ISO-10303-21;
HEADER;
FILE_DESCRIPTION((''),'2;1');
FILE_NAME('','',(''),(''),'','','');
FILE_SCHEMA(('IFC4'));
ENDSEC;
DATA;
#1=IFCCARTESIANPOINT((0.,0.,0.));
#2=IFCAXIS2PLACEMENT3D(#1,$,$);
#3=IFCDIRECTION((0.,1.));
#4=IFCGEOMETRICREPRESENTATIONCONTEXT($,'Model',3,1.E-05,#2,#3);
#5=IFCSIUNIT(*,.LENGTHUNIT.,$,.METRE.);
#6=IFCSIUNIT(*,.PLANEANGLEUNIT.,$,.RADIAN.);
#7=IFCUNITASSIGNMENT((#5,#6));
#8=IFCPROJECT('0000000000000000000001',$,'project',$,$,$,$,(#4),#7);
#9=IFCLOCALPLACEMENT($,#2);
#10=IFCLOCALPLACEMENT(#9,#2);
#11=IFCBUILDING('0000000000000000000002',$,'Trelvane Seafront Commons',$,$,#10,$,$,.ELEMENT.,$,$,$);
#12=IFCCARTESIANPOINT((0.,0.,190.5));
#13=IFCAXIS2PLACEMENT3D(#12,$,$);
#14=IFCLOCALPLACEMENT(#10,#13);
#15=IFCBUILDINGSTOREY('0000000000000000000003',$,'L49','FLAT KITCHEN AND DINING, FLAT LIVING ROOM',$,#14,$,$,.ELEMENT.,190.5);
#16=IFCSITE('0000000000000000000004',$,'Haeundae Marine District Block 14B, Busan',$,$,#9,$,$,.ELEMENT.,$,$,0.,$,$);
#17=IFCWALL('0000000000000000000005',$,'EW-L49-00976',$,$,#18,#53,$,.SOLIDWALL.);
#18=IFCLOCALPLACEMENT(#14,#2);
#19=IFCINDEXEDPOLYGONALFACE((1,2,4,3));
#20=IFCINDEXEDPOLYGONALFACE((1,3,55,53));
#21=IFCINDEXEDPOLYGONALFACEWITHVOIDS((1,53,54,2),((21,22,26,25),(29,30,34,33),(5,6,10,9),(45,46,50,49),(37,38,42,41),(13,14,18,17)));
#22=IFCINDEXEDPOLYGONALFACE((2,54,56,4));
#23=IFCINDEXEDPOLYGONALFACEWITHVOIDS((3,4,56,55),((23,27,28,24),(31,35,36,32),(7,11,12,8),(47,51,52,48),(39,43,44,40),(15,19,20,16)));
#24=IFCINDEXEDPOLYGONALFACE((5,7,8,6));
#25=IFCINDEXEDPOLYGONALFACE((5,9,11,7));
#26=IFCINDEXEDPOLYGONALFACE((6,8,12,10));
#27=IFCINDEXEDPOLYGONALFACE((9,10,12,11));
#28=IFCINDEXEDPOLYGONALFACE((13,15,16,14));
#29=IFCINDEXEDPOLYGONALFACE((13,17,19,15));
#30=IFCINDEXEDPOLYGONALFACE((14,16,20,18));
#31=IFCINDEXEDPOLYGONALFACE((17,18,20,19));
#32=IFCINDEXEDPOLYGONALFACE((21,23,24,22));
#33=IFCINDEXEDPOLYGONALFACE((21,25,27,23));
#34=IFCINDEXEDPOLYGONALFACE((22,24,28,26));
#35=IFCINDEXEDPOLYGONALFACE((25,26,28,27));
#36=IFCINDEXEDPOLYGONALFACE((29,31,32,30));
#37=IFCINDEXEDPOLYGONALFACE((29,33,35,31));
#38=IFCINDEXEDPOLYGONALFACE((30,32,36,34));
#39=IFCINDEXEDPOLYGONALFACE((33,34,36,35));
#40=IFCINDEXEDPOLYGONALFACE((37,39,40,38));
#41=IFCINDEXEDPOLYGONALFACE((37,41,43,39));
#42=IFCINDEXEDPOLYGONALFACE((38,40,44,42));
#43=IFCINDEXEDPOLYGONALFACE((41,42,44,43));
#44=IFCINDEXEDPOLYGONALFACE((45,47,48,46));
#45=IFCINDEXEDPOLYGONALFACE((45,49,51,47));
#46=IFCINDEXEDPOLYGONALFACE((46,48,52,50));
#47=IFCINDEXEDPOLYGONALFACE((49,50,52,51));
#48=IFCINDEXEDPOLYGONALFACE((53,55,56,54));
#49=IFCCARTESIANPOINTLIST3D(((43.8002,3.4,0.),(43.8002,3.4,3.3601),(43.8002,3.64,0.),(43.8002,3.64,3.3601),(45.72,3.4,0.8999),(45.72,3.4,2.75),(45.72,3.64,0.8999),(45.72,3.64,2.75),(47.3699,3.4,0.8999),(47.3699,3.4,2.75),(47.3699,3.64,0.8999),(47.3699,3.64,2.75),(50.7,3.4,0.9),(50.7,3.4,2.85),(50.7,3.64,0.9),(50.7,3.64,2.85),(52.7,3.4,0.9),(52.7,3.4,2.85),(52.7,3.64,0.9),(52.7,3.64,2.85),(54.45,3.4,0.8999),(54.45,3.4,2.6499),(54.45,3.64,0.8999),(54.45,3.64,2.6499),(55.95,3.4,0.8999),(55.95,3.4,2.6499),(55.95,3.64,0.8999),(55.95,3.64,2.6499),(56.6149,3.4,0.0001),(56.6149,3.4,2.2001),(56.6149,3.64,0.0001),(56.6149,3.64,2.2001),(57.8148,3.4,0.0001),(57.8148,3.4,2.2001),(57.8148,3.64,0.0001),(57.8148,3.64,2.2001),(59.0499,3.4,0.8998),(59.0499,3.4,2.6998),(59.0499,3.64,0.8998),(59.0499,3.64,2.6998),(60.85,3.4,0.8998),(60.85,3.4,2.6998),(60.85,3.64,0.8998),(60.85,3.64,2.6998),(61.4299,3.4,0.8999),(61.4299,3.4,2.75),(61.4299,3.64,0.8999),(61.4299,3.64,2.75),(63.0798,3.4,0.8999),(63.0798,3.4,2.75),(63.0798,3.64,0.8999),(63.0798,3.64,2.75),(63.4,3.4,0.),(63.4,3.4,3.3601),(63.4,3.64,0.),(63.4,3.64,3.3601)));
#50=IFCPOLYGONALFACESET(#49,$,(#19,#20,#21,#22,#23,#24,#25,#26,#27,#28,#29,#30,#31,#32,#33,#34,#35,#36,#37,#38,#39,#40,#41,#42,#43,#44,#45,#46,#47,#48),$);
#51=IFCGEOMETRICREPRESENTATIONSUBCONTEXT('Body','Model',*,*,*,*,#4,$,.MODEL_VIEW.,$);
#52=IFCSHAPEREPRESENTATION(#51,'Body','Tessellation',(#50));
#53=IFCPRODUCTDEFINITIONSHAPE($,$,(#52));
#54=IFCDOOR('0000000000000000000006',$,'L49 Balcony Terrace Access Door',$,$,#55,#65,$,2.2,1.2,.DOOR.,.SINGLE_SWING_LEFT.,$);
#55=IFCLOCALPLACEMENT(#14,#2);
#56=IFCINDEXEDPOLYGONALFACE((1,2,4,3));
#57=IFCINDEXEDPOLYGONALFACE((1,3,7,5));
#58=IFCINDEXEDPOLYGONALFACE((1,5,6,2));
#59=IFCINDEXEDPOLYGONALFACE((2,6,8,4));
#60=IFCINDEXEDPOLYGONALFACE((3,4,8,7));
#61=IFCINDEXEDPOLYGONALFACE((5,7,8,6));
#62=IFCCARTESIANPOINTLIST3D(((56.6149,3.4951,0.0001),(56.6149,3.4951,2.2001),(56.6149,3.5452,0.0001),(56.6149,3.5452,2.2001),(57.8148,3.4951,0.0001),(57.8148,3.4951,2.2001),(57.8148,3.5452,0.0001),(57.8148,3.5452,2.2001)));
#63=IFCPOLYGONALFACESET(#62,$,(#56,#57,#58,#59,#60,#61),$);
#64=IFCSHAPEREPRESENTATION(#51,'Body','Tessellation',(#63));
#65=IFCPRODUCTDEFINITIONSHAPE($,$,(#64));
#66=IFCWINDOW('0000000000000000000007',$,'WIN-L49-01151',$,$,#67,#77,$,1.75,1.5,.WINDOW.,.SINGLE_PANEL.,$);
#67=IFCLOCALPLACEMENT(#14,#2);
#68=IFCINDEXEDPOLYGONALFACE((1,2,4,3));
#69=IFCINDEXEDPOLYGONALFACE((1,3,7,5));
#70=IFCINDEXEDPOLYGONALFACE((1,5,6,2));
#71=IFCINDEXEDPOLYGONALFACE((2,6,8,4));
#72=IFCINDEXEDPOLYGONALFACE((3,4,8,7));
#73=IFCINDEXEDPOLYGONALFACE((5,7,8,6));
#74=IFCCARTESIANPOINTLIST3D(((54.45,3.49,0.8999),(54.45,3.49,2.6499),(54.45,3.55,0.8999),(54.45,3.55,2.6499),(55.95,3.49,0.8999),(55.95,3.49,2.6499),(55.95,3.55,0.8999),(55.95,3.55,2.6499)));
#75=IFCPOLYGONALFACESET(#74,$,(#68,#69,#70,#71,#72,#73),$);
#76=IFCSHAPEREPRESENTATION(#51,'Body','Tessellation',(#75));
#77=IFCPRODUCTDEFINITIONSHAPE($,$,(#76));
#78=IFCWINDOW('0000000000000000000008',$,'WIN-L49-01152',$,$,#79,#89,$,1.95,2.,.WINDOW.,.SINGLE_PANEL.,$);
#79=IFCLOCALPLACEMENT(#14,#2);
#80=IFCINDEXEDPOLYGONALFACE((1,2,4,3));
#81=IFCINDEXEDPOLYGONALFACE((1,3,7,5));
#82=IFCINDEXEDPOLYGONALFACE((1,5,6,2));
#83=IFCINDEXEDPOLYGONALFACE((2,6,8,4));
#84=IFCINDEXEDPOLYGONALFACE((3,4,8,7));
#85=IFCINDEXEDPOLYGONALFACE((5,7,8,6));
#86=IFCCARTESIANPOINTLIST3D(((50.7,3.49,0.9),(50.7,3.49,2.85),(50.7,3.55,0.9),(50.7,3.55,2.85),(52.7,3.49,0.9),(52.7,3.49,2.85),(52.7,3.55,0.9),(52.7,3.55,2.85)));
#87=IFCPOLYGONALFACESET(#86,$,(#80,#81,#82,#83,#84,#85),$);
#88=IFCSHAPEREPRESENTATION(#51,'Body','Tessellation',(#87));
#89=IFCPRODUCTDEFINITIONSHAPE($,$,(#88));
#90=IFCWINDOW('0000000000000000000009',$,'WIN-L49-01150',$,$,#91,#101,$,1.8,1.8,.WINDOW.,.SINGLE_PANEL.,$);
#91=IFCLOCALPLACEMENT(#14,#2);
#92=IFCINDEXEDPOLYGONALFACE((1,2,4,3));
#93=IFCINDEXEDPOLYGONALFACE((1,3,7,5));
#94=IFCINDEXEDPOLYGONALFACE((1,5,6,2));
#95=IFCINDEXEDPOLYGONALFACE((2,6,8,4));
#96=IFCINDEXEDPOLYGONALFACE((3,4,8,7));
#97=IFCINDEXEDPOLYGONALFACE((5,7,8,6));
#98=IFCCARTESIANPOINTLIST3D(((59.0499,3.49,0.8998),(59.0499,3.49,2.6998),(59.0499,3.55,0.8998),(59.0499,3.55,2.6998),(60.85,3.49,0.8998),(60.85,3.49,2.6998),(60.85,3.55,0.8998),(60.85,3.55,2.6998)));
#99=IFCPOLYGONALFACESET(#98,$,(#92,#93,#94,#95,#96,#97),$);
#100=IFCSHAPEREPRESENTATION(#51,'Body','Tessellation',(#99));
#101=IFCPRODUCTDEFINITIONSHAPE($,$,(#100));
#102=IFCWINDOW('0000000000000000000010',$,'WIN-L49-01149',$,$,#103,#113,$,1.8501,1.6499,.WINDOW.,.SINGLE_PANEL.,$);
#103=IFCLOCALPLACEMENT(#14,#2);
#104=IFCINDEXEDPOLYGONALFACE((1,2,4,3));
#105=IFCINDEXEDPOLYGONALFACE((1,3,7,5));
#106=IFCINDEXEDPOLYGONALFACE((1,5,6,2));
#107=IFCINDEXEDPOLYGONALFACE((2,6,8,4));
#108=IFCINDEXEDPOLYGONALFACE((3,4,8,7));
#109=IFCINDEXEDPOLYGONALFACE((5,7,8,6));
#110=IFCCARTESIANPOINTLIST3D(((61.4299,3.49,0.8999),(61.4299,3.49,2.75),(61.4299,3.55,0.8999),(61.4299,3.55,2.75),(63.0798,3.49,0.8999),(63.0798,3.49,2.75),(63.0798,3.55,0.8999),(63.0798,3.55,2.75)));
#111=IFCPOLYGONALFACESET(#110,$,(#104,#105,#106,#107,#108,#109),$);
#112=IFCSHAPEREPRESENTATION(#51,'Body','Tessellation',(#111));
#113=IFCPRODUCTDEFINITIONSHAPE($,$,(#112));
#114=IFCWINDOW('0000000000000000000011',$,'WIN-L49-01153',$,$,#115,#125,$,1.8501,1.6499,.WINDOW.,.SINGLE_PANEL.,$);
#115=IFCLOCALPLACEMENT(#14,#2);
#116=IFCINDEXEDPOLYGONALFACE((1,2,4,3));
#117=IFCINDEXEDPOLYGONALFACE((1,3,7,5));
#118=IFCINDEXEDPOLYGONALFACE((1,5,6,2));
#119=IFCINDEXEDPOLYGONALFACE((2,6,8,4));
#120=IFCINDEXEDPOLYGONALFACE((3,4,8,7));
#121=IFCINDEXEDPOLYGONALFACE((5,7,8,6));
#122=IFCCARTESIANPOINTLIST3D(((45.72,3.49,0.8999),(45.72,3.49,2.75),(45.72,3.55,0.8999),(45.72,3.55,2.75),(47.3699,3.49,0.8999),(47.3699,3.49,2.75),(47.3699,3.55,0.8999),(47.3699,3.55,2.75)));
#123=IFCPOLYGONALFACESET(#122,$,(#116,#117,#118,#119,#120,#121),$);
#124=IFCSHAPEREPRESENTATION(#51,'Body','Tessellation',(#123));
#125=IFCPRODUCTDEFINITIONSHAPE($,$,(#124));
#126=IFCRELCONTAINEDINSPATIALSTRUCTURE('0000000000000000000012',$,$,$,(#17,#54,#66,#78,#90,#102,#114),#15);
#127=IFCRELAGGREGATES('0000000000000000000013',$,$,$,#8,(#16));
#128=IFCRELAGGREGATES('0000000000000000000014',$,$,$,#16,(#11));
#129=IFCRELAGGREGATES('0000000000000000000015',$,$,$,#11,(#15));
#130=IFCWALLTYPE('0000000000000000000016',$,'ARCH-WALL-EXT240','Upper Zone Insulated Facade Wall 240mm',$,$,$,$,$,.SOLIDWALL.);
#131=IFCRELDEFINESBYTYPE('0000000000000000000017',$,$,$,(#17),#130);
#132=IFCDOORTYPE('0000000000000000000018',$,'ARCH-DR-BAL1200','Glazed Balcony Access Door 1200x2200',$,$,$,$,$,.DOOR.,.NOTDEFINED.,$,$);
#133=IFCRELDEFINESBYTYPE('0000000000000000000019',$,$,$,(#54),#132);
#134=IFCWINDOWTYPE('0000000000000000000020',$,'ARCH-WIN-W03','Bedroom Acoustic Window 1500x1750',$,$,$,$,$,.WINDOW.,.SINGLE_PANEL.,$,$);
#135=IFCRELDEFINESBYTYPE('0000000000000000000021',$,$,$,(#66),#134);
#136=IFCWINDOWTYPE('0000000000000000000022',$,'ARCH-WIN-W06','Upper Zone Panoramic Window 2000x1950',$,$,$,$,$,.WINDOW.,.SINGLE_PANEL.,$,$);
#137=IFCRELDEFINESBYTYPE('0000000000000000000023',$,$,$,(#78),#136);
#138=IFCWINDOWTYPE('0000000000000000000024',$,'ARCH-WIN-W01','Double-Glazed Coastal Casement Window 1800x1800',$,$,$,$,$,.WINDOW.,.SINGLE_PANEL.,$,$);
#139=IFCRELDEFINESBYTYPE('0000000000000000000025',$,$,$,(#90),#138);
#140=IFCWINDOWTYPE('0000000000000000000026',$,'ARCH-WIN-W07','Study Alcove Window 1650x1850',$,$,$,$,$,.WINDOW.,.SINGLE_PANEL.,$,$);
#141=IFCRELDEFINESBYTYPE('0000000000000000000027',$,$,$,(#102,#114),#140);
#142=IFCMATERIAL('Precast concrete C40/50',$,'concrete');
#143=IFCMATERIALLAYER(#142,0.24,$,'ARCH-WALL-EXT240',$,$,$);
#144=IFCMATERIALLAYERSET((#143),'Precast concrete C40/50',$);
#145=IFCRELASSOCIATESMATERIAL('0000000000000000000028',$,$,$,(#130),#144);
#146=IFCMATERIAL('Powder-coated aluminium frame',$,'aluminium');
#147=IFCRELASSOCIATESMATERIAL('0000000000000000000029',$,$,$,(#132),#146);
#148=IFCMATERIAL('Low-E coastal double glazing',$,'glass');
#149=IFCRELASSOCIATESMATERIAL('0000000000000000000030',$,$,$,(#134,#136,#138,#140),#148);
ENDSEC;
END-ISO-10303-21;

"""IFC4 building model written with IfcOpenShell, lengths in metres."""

from ifc_helpers import new_model, si_unit, direction, frame, frame_2d, origin, place, context, subcontext, project, spatial, rectangle, extrude, source, transform, mapped, material, layer, layer_set, type_object, element, fill, save


model = new_model("IFC4")

# Units and contexts
model_context = context("Model", 3, precision=1e-05, world=origin(), true_north=direction((0.0, 1.0)))
body_context = subcontext(model_context, "Body", "Model", "MODEL_VIEW")
ifc_project = project(units=[si_unit("LENGTHUNIT", "METRE"), si_unit("PLANEANGLEUNIT", "RADIAN")], contexts=[model_context])

# Site, building, storey
site_placement = place(None, origin())
site = spatial("IfcSite", under=ifc_project, at=site_placement, Name="Haeundae Marine District Block 14B, Busan", CompositionType="ELEMENT", RefElevation=0.0)
building_placement = place(site_placement, origin())
building = spatial("IfcBuilding", under=site, at=building_placement, Name="Trelvane Seafront Commons", CompositionType="ELEMENT")
storey_placement = place(building_placement, frame((0.0, 0.0, 190.5)))
storey = spatial("IfcBuildingStorey", under=building, at=storey_placement, Name="L49", Description="FLAT KITCHEN AND DINING, FLAT LIVING ROOM", CompositionType="ELEMENT", Elevation=190.5)

# Shared definitions
ifc_material_1 = material(Name="Precast concrete C40/50", Category="concrete")
ifc_layer_1 = layer(ifc_material_1, 0.24, Name="ARCH-WALL-EXT240")
ifc_layer_set_1 = layer_set([ifc_layer_1], Name="Precast concrete C40/50")
wall_type_1 = type_object("IfcWallType", Name="ARCH-WALL-EXT240", Description="Upper Zone Insulated Facade Wall 240mm", PredefinedType="SOLIDWALL", material=ifc_layer_set_1)

# Wall, openings, door, windows
wall_1_placement = place(storey_placement, frame((63.3999, 3.52, 0.0), z_axis=(0.0, 0.0, 1.0), x_axis=(-1.0, 0.0, 0.0)))
wall_1 = element("IfcWall", 1, at=wall_1_placement, inside=storey, type_object=wall_type_1, Name="EW-L49-00976", PredefinedType="SOLIDWALL", context=body_context, shape_type="SweptSolid", body=[
    extrude(rectangle(XDim=19.5999, YDim=0.24, at=frame_2d((9.7998, 0.0))), origin(), (0.0, 0.0, 1.0), 3.3601),
])
opening_1_placement = place(wall_1_placement, frame((0.3201, 0.0, 0.8999)))
opening_1 = element("IfcOpeningElement", 2, at=opening_1_placement, cuts=wall_1, PredefinedType="OPENING", context=body_context, shape_type="SweptSolid", body=[
    extrude(rectangle(XDim=1.6499, YDim=1.8501, at=frame_2d((0.825, 0.925))), frame((0.0, 0.1299, 0.0), z_axis=(0.0, -1.0, 0.0), x_axis=(1.0, 0.0, 0.0)), (0.0, 0.0, 1.0), 0.26),
])
opening_2_placement = place(wall_1_placement, frame((2.55, 0.0, 0.8999)))
opening_2 = element("IfcOpeningElement", 3, at=opening_2_placement, cuts=wall_1, PredefinedType="OPENING", context=body_context, shape_type="SweptSolid", body=[
    extrude(rectangle(XDim=1.8, YDim=1.8, at=frame_2d((0.8999, 0.8999))), frame((0.0, 0.1299, 0.0), z_axis=(0.0, -1.0, 0.0), x_axis=(1.0, 0.0, 0.0)), (0.0, 0.0, 1.0), 0.26),
])
opening_3_placement = place(wall_1_placement, frame((5.585, 0.0, 0.0)))
opening_3 = element("IfcOpeningElement", 4, at=opening_3_placement, cuts=wall_1, PredefinedType="OPENING", context=body_context, shape_type="SweptSolid", body=[
    extrude(rectangle(XDim=1.2, YDim=2.2, at=frame_2d((0.6001, 1.1001))), frame((0.0, 0.1299, 0.0), z_axis=(0.0, -1.0, 0.0), x_axis=(1.0, 0.0, 0.0)), (0.0, 0.0, 1.0), 0.26),
])
opening_4_placement = place(wall_1_placement, frame((7.45, 0.0, 0.8999)))
opening_4 = element("IfcOpeningElement", 5, at=opening_4_placement, cuts=wall_1, PredefinedType="OPENING", context=body_context, shape_type="SweptSolid", body=[
    extrude(rectangle(XDim=1.5, YDim=1.75, at=frame_2d((0.75, 0.875))), frame((0.0, 0.1299, 0.0), z_axis=(0.0, -1.0, 0.0), x_axis=(1.0, 0.0, 0.0)), (0.0, 0.0, 1.0), 0.26),
])
opening_5_placement = place(wall_1_placement, frame((10.7, 0.0, 0.8999)))
opening_5 = element("IfcOpeningElement", 6, at=opening_5_placement, cuts=wall_1, PredefinedType="OPENING", context=body_context, shape_type="SweptSolid", body=[
    extrude(rectangle(XDim=2.0, YDim=1.95, at=frame_2d((1.0, 0.9751))), frame((0.0, 0.1299, 0.0), z_axis=(0.0, -1.0, 0.0), x_axis=(1.0, 0.0, 0.0)), (0.0, 0.0, 1.0), 0.26),
])
opening_6_placement = place(wall_1_placement, frame((16.03, 0.0, 0.8999)))
opening_6 = element("IfcOpeningElement", 7, at=opening_6_placement, cuts=wall_1, PredefinedType="OPENING", context=body_context, shape_type="SweptSolid", body=[
    extrude(rectangle(XDim=1.6499, YDim=1.8501, at=frame_2d((0.825, 0.925))), frame((0.0, 0.1299, 0.0), z_axis=(0.0, -1.0, 0.0), x_axis=(1.0, 0.0, 0.0)), (0.0, 0.0, 1.0), 0.26),
])
ifc_material_2 = material(Name="Powder-coated aluminium frame", Category="aluminium")
door_type_1 = type_object("IfcDoorType", Name="ARCH-DR-BAL1200", Description="Glazed Balcony Access Door 1200x2200", OperationType="NOTDEFINED", PredefinedType="DOOR", material=ifc_material_2)
shared_shape_1 = source(origin(), body_context, "Body", "SweptSolid", [
    extrude(rectangle(XDim=1.2, YDim=2.2, at=frame_2d((0.6001, 1.1001))), frame((0.0, 0.0249, 0.0), z_axis=(0.0, -1.0, 0.0), x_axis=(1.0, 0.0, 0.0)), (0.0, 0.0, 1.0), 0.05),
])
door_1_placement = place(opening_3_placement, origin())
door_1 = element("IfcDoor", 8, at=door_1_placement, inside=storey, type_object=door_type_1, Name="L49 Balcony Terrace Access Door", OperationType="SINGLE_SWING_LEFT", OverallHeight=2.2, OverallWidth=1.2, PredefinedType="DOOR", context=body_context, shape_type="MappedRepresentation", body=[
    mapped(shared_shape_1, transform((0.0, 0.0, 0.0), x_axis=(1.0, 0.0, 0.0), y_axis=(0.0, 1.0, 0.0), z_axis=(0.0, 0.0, 1.0), scale=1.0)),
])
fill(opening_3, door_1)
ifc_material_3 = material(Name="Low-E coastal double glazing", Category="glass")
window_type_1 = type_object("IfcWindowType", Name="ARCH-WIN-W03", Description="Bedroom Acoustic Window 1500x1750", PartitioningType="SINGLE_PANEL", PredefinedType="WINDOW", material=ifc_material_3)
shared_shape_2 = source(origin(), body_context, "Body", "SweptSolid", [
    extrude(rectangle(XDim=1.5, YDim=1.75, at=frame_2d((0.75, 0.875))), frame((0.0, 0.03, 0.0), z_axis=(0.0, -1.0, 0.0), x_axis=(1.0, 0.0, 0.0)), (0.0, 0.0, 1.0), 0.0601),
])
window_1_placement = place(opening_4_placement, origin())
window_1 = element("IfcWindow", 9, at=window_1_placement, inside=storey, type_object=window_type_1, Name="WIN-L49-01151", OverallHeight=1.75, OverallWidth=1.5, PartitioningType="SINGLE_PANEL", PredefinedType="WINDOW", context=body_context, shape_type="MappedRepresentation", body=[
    mapped(shared_shape_2, transform((0.0, 0.0, 0.0), x_axis=(1.0, 0.0, 0.0), y_axis=(0.0, 1.0, 0.0), z_axis=(0.0, 0.0, 1.0), scale=1.0)),
])
fill(opening_4, window_1)
window_type_2 = type_object("IfcWindowType", Name="ARCH-WIN-W06", Description="Upper Zone Panoramic Window 2000x1950", PartitioningType="SINGLE_PANEL", PredefinedType="WINDOW", material=ifc_material_3)
shared_shape_3 = source(origin(), body_context, "Body", "SweptSolid", [
    extrude(rectangle(XDim=2.0, YDim=1.95, at=frame_2d((1.0, 0.9751))), frame((0.0, 0.03, 0.0), z_axis=(0.0, -1.0, 0.0), x_axis=(1.0, 0.0, 0.0)), (0.0, 0.0, 1.0), 0.0601),
])
window_2_placement = place(opening_5_placement, origin())
window_2 = element("IfcWindow", 10, at=window_2_placement, inside=storey, type_object=window_type_2, Name="WIN-L49-01152", OverallHeight=1.95, OverallWidth=2.0, PartitioningType="SINGLE_PANEL", PredefinedType="WINDOW", context=body_context, shape_type="MappedRepresentation", body=[
    mapped(shared_shape_3, transform((0.0, 0.0, 0.0), x_axis=(1.0, 0.0, 0.0), y_axis=(0.0, 1.0, 0.0), z_axis=(0.0, 0.0, 1.0), scale=1.0)),
])
fill(opening_5, window_2)
window_type_3 = type_object("IfcWindowType", Name="ARCH-WIN-W01", Description="Double-Glazed Coastal Casement Window 1800x1800", PartitioningType="SINGLE_PANEL", PredefinedType="WINDOW", material=ifc_material_3)
shared_shape_4 = source(origin(), body_context, "Body", "SweptSolid", [
    extrude(rectangle(XDim=1.8, YDim=1.8, at=frame_2d((0.8999, 0.8999))), frame((0.0, 0.03, 0.0), z_axis=(0.0, -1.0, 0.0), x_axis=(1.0, 0.0, 0.0)), (0.0, 0.0, 1.0), 0.0601),
])
window_3_placement = place(opening_2_placement, origin())
window_3 = element("IfcWindow", 11, at=window_3_placement, inside=storey, type_object=window_type_3, Name="WIN-L49-01150", OverallHeight=1.8, OverallWidth=1.8, PartitioningType="SINGLE_PANEL", PredefinedType="WINDOW", context=body_context, shape_type="MappedRepresentation", body=[
    mapped(shared_shape_4, transform((0.0, 0.0, 0.0), x_axis=(1.0, 0.0, 0.0), y_axis=(0.0, 1.0, 0.0), z_axis=(0.0, 0.0, 1.0), scale=1.0)),
])
fill(opening_2, window_3)
window_type_4 = type_object("IfcWindowType", Name="ARCH-WIN-W07", Description="Study Alcove Window 1650x1850", PartitioningType="SINGLE_PANEL", PredefinedType="WINDOW", material=ifc_material_3)
shared_shape_5 = source(origin(), body_context, "Body", "SweptSolid", [
    extrude(rectangle(XDim=1.6499, YDim=1.8501, at=frame_2d((0.825, 0.925))), frame((0.0, 0.03, 0.0), z_axis=(0.0, -1.0, 0.0), x_axis=(1.0, 0.0, 0.0)), (0.0, 0.0, 1.0), 0.0601),
])
window_4_placement = place(opening_1_placement, origin())
window_4 = element("IfcWindow", 12, at=window_4_placement, inside=storey, type_object=window_type_4, Name="WIN-L49-01149", OverallHeight=1.8501, OverallWidth=1.6499, PartitioningType="SINGLE_PANEL", PredefinedType="WINDOW", context=body_context, shape_type="MappedRepresentation", body=[
    mapped(shared_shape_5, transform((0.0, 0.0, 0.0), x_axis=(1.0, 0.0, 0.0), y_axis=(0.0, 1.0, 0.0), z_axis=(0.0, 0.0, 1.0), scale=1.0)),
])
fill(opening_1, window_4)
window_5_placement = place(opening_6_placement, origin())
window_5 = element("IfcWindow", 13, at=window_5_placement, inside=storey, type_object=window_type_4, Name="WIN-L49-01153", OverallHeight=1.8501, OverallWidth=1.6499, PartitioningType="SINGLE_PANEL", PredefinedType="WINDOW", context=body_context, shape_type="MappedRepresentation", body=[
    mapped(shared_shape_5, transform((0.0, 0.0, 0.0), x_axis=(1.0, 0.0, 0.0), y_axis=(0.0, 1.0, 0.0), z_axis=(0.0, 0.0, 1.0), scale=1.0)),
])
fill(opening_6, window_5)

save(model, "model.ifc")
